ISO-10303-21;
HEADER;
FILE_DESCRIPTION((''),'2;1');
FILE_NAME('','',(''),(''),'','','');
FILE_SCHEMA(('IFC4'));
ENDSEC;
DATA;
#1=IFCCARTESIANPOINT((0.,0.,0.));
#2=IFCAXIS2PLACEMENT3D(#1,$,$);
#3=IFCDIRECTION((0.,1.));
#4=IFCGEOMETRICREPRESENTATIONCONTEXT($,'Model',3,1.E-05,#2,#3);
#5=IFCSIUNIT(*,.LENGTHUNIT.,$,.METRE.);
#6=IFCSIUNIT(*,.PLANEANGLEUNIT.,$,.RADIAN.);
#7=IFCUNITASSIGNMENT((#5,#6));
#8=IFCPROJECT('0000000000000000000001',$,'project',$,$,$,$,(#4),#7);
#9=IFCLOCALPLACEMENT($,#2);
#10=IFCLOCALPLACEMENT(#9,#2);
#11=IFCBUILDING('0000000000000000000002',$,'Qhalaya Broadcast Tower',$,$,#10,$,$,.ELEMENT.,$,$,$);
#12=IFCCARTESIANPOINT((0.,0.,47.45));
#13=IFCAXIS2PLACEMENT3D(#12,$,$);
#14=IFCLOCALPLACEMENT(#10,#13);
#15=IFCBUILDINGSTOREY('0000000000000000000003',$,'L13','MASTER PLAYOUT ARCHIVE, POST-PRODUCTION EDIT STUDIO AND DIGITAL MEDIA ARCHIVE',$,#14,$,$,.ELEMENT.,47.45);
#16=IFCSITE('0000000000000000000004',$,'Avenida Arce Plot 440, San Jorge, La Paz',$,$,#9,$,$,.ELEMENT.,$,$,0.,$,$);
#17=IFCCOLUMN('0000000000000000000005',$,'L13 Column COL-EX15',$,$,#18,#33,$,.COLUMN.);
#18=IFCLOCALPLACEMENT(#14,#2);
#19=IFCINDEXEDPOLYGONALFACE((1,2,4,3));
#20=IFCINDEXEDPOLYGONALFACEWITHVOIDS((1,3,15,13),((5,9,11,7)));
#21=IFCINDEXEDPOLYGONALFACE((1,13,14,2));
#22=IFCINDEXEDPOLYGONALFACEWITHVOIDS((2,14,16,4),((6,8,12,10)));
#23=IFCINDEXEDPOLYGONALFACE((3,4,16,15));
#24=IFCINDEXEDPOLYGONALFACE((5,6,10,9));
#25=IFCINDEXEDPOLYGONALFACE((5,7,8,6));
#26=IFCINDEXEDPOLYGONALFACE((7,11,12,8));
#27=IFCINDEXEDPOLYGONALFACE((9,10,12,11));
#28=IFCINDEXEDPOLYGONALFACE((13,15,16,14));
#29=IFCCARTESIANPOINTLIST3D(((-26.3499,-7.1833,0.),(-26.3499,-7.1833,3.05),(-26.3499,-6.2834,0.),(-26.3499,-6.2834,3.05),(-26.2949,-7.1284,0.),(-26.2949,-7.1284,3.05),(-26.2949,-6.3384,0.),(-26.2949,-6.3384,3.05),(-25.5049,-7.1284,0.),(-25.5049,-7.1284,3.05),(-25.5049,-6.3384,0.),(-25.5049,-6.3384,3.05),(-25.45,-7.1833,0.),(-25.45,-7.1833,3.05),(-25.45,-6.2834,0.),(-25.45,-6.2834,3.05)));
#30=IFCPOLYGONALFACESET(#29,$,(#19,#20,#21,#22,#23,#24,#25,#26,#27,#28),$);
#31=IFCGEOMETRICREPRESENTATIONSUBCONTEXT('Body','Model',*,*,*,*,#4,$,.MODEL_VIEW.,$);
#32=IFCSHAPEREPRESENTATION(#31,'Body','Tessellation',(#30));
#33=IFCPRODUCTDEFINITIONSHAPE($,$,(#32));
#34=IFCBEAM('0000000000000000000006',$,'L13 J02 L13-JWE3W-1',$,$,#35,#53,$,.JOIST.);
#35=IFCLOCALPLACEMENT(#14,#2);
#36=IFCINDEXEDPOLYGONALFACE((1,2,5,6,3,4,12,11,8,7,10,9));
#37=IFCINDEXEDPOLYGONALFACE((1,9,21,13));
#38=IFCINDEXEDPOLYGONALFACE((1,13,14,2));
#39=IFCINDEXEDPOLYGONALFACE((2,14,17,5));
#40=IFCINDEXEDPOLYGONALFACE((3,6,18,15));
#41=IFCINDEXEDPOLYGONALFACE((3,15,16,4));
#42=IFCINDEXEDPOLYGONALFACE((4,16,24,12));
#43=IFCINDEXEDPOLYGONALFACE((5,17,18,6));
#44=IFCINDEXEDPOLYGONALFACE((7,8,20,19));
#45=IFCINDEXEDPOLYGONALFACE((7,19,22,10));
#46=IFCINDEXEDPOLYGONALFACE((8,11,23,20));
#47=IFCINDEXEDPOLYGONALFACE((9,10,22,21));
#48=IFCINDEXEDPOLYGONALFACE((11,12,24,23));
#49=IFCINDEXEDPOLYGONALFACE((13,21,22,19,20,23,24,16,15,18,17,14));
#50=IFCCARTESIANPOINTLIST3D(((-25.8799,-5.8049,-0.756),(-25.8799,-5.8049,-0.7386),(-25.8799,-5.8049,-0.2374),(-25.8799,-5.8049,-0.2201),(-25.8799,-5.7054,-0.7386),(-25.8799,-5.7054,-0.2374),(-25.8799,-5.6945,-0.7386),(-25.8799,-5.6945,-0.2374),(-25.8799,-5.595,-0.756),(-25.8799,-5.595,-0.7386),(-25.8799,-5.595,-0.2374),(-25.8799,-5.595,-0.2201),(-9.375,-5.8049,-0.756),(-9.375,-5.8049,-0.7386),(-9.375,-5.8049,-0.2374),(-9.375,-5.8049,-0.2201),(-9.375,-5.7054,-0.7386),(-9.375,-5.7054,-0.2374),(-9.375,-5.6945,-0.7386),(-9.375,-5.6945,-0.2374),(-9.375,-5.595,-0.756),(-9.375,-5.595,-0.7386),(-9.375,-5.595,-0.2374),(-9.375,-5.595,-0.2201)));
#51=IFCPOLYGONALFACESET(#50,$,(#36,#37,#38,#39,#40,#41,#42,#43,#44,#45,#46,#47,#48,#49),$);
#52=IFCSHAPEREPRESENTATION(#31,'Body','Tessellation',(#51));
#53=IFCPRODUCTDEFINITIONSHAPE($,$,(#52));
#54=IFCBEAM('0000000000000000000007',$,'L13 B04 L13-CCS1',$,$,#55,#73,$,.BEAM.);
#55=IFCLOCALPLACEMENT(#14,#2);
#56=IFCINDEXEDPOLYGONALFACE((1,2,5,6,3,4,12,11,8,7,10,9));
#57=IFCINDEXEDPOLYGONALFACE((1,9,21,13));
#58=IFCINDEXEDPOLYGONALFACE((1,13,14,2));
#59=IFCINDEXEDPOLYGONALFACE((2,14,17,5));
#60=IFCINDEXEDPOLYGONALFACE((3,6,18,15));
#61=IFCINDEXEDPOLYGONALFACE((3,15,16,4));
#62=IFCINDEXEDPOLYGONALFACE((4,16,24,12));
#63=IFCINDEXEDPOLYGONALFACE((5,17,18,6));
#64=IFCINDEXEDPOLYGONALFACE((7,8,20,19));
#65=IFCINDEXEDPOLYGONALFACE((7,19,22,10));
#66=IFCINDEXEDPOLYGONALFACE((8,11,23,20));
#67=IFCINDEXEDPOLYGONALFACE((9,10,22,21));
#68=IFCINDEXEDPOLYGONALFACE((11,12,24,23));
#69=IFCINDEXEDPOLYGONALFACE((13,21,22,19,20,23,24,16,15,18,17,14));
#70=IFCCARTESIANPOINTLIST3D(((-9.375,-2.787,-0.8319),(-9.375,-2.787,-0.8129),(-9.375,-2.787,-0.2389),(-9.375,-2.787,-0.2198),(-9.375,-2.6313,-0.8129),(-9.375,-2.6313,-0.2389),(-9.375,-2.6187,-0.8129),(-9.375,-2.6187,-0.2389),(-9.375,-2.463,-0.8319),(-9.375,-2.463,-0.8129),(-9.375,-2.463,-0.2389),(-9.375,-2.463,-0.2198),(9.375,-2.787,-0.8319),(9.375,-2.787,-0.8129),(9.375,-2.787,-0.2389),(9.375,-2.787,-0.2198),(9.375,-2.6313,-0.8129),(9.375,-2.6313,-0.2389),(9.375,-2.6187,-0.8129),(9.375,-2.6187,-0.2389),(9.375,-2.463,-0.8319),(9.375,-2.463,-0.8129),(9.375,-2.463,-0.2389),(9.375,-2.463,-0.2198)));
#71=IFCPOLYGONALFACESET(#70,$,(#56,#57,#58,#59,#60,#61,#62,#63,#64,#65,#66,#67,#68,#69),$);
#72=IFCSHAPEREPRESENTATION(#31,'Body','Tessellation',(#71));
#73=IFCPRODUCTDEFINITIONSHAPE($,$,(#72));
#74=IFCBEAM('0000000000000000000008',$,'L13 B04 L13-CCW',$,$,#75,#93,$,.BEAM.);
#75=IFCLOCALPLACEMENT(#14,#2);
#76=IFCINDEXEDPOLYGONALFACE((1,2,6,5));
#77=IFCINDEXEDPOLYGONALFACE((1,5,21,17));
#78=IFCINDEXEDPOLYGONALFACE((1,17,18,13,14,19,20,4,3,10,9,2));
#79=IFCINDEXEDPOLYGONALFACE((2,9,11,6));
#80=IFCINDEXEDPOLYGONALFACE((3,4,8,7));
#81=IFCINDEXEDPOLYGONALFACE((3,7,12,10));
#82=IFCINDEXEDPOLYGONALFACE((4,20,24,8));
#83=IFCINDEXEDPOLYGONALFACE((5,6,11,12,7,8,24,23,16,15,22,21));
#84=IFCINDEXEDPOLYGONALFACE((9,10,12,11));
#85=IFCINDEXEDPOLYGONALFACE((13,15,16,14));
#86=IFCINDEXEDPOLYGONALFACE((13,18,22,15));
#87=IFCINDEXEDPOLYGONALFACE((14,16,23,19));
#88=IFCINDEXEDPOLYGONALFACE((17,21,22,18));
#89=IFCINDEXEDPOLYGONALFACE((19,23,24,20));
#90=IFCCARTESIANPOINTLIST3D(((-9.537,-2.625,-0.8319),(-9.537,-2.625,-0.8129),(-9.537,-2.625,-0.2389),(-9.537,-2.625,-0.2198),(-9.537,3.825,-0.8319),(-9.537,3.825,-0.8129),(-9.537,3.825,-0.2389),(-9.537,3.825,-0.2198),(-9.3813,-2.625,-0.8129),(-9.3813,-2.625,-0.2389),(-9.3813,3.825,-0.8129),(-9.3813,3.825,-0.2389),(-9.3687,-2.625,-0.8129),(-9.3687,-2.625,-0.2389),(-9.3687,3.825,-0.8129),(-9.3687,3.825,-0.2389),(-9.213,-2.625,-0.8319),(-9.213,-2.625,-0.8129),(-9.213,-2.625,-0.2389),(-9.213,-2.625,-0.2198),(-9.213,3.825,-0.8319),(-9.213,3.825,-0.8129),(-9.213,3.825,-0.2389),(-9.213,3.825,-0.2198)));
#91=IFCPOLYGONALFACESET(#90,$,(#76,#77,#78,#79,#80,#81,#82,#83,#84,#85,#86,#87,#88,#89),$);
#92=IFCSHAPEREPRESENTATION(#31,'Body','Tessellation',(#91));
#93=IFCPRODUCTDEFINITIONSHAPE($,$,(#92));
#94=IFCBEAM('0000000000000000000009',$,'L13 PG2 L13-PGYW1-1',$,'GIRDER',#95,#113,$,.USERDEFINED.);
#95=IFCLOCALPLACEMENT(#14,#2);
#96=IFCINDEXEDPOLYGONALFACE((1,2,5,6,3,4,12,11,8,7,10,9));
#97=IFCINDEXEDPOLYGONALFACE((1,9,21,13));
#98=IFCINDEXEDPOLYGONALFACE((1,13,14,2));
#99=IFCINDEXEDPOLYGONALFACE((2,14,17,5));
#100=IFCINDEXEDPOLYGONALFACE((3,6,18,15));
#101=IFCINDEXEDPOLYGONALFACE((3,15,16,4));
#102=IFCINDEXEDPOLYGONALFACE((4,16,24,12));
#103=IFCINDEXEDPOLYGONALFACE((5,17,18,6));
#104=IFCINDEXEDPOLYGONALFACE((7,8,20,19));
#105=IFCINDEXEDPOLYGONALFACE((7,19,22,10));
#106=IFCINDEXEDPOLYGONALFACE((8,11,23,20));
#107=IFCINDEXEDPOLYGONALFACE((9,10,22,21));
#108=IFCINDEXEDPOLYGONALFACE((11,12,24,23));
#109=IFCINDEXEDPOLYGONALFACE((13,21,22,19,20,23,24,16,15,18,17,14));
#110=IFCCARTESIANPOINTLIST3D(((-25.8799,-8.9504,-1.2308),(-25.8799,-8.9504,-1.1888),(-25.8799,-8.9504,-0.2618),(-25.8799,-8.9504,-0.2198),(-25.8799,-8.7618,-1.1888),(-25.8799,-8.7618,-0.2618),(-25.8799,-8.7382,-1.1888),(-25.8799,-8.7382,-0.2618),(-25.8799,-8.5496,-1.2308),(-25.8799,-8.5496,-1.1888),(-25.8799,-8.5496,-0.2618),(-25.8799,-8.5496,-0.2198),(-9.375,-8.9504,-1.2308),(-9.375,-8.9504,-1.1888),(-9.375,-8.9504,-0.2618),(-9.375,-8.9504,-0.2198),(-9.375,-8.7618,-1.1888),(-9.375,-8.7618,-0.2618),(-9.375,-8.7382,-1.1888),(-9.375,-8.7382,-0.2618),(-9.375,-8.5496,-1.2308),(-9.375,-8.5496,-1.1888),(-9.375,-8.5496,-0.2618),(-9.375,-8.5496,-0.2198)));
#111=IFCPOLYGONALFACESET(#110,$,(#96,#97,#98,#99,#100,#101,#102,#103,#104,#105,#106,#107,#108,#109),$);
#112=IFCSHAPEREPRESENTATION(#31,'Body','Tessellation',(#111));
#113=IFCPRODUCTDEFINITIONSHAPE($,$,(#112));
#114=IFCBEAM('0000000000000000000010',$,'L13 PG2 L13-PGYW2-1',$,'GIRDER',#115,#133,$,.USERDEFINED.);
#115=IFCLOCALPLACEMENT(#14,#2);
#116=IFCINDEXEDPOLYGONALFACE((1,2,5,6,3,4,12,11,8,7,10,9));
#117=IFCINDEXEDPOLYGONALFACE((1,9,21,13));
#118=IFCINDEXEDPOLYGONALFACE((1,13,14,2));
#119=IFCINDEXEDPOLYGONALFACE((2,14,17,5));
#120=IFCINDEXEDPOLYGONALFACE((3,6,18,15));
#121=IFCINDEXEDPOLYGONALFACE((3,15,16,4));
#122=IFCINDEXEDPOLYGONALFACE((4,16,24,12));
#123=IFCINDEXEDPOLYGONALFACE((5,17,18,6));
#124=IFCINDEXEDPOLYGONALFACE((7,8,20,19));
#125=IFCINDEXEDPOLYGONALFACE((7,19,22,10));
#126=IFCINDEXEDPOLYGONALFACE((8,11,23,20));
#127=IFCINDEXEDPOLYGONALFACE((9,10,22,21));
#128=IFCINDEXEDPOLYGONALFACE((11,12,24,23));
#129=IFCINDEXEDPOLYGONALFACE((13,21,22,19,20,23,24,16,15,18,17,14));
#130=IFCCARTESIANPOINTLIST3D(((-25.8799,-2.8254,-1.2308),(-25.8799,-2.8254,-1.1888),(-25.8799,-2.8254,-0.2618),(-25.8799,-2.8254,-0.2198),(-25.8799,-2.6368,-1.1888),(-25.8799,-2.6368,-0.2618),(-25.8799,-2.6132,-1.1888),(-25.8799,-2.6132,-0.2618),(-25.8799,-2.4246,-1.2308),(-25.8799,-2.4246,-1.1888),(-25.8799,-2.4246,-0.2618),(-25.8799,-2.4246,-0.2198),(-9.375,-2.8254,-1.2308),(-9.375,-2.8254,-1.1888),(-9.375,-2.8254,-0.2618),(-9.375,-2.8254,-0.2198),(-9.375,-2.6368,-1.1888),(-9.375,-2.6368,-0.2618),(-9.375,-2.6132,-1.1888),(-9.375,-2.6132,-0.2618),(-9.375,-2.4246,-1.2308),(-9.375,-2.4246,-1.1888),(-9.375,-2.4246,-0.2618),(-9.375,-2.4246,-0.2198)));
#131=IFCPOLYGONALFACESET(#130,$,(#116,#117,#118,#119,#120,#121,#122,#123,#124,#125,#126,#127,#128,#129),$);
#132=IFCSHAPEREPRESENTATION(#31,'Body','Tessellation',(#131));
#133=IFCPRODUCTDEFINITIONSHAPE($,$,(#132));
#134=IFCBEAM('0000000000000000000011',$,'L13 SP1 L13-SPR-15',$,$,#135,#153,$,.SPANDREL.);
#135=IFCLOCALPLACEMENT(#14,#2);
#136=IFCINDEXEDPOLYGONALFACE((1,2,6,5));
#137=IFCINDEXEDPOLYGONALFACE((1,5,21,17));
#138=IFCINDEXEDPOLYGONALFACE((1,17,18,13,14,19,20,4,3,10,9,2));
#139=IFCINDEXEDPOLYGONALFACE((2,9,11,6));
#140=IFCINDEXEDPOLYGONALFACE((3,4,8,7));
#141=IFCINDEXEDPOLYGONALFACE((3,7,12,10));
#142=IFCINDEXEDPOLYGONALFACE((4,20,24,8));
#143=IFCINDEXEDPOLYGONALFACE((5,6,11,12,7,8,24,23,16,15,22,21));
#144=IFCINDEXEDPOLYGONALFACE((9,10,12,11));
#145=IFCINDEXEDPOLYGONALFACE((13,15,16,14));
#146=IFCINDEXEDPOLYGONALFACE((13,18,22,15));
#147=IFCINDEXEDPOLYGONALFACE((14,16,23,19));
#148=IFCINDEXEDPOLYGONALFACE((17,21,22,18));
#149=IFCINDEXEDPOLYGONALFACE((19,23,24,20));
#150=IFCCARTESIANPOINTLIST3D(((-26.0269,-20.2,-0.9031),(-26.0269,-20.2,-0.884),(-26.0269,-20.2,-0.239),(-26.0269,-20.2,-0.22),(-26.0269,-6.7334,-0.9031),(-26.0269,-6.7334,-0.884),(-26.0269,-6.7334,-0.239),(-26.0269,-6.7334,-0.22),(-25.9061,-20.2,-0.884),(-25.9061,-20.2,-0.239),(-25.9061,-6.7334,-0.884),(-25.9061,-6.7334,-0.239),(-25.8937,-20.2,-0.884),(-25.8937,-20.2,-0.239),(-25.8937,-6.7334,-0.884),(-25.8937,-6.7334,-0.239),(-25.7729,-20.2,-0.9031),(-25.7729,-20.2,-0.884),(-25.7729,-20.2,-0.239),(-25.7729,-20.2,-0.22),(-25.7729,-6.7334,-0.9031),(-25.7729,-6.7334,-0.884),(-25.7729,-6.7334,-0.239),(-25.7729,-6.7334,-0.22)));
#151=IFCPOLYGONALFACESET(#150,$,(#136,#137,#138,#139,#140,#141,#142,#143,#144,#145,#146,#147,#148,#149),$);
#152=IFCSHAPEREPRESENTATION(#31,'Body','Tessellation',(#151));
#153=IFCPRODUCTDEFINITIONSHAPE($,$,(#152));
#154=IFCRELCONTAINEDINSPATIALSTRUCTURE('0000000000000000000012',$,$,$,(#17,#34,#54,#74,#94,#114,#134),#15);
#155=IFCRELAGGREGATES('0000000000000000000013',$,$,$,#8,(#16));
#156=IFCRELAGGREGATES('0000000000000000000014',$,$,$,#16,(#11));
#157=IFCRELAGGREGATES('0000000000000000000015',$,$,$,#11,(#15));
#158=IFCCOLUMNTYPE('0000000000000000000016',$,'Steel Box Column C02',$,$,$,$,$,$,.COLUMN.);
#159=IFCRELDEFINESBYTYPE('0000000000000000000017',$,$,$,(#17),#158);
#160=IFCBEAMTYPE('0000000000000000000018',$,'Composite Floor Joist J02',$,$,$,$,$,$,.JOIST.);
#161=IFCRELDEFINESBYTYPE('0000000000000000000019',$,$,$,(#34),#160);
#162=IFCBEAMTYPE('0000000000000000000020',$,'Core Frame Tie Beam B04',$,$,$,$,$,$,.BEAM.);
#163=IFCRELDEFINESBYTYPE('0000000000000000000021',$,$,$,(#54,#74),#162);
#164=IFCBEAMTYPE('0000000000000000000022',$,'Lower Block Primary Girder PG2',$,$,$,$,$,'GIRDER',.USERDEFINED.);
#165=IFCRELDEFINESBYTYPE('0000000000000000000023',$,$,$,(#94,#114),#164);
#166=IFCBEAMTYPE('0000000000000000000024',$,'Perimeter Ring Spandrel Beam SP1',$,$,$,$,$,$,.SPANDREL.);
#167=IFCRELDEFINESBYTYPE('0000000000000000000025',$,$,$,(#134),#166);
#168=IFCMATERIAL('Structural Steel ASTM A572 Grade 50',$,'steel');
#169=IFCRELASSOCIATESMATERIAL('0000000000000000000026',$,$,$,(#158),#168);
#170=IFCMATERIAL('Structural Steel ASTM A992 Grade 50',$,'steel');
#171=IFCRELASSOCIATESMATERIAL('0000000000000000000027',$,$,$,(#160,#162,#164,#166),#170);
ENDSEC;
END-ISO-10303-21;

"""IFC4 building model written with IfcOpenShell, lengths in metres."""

from ifc_helpers import new_model, si_unit, direction, frame, origin, origin_2d, place, context, subcontext, project, spatial, hollow_rectangle, i_section, extrude, material, material_profile, profile_set, type_object, element, save


model = new_model("IFC4")

# Units and contexts
model_context = context("Model", 3, precision=1e-05, world=origin(), true_north=direction((0.0, 1.0)))
body_context = subcontext(model_context, "Body", "Model", "MODEL_VIEW")
ifc_project = project(units=[si_unit("LENGTHUNIT", "METRE"), si_unit("PLANEANGLEUNIT", "RADIAN")], contexts=[model_context])

# Site, building, storey
site_placement = place(None, origin())
site = spatial("IfcSite", under=ifc_project, at=site_placement, Name="Avenida Arce Plot 440, San Jorge, La Paz", CompositionType="ELEMENT", RefElevation=0.0)
building_placement = place(site_placement, origin())
building = spatial("IfcBuilding", under=site, at=building_placement, Name="Qhalaya Broadcast Tower", CompositionType="ELEMENT")
storey_placement = place(building_placement, frame((0.0, 0.0, 47.45)))
storey = spatial("IfcBuildingStorey", under=building, at=storey_placement, Name="L13", Description="MASTER PLAYOUT ARCHIVE, POST-PRODUCTION EDIT STUDIO AND DIGITAL MEDIA ARCHIVE", CompositionType="ELEMENT", Elevation=47.45)

# Column
ifc_material_1 = material(Name="Structural Steel ASTM A572 Grade 50", Category="steel")
ifc_material_profile_1 = material_profile(ifc_material_1, hollow_rectangle(XDim=0.8999, YDim=0.8999, WallThickness=0.0549, at=origin_2d()), Name="BOX 900x900x55")
ifc_profile_set_1 = profile_set([ifc_material_profile_1], Name="Structural Steel ASTM A572 Grade 50")
column_type = type_object("IfcColumnType", Name="Steel Box Column C02", PredefinedType="COLUMN", material=ifc_profile_set_1)
column_placement = place(storey_placement, frame((-25.8999, -6.7334, 0.0), z_axis=(0.0, 0.0, 1.0), x_axis=(0.0, 1.0, 0.0)))
element("IfcColumn", 1, at=column_placement, inside=storey, type_object=column_type, Name="L13 Column COL-EX15", PredefinedType="COLUMN", context=body_context, shape_type="SweptSolid", body=[
    extrude(hollow_rectangle(XDim=0.8999, YDim=0.8999, WallThickness=0.0549, at=origin_2d()), origin(), (0.0, 0.0, 1.0), 3.05),
])

# Beams
ifc_material_2 = material(Name="Structural Steel ASTM A992 Grade 50", Category="steel")
ifc_material_profile_2 = material_profile(ifc_material_2, i_section(OverallWidth=0.21, OverallDepth=0.5359, WebThickness=0.011, FlangeThickness=0.0173, at=origin_2d()), Name="W21X68")
ifc_profile_set_2 = profile_set([ifc_material_profile_2], Name="Structural Steel ASTM A992 Grade 50")
beam_type_1 = type_object("IfcBeamType", Name="Composite Floor Joist J02", PredefinedType="JOIST", material=ifc_profile_set_2)
beam_1_placement = place(storey_placement, frame((-25.8799, -5.7, -0.488), z_axis=(1.0, 0.0, 0.0), x_axis=(0.0, 1.0, 0.0)))
element("IfcBeam", 2, at=beam_1_placement, inside=storey, type_object=beam_type_1, Name="L13 J02 L13-JWE3W-1", PredefinedType="JOIST", context=body_context, shape_type="SweptSolid", body=[
    extrude(i_section(OverallWidth=0.21, OverallDepth=0.5359, WebThickness=0.011, FlangeThickness=0.0173, at=origin_2d()), origin(), (0.0, 0.0, 1.0), 16.5049),
])
ifc_material_profile_3 = material_profile(ifc_material_2, i_section(OverallWidth=0.324, OverallDepth=0.6121, WebThickness=0.0127, FlangeThickness=0.019, at=origin_2d()), Name="W24X104")
ifc_profile_set_3 = profile_set([ifc_material_profile_3], Name="Structural Steel ASTM A992 Grade 50")
beam_type_2 = type_object("IfcBeamType", Name="Core Frame Tie Beam B04", PredefinedType="BEAM", material=ifc_profile_set_3)
beam_2_placement = place(storey_placement, frame((-9.375, -2.625, -0.5259), z_axis=(1.0, 0.0, 0.0), x_axis=(0.0, 1.0, 0.0)))
element("IfcBeam", 3, at=beam_2_placement, inside=storey, type_object=beam_type_2, Name="L13 B04 L13-CCS1", PredefinedType="BEAM", context=body_context, shape_type="SweptSolid", body=[
    extrude(i_section(OverallWidth=0.324, OverallDepth=0.6121, WebThickness=0.0127, FlangeThickness=0.019, at=origin_2d()), origin(), (0.0, 0.0, 1.0), 18.75),
])
beam_3_placement = place(storey_placement, frame((-9.375, -2.625, -0.5259), z_axis=(0.0, 1.0, 0.0), x_axis=(-1.0, 0.0, 0.0)))
element("IfcBeam", 4, at=beam_3_placement, inside=storey, type_object=beam_type_2, Name="L13 B04 L13-CCW", PredefinedType="BEAM", context=body_context, shape_type="SweptSolid", body=[
    extrude(i_section(OverallWidth=0.324, OverallDepth=0.6121, WebThickness=0.0127, FlangeThickness=0.019, at=origin_2d()), origin(), (0.0, 0.0, 1.0), 6.45),
])
ifc_material_profile_4 = material_profile(ifc_material_2, i_section(OverallWidth=0.4009, OverallDepth=1.011, WebThickness=0.0237, FlangeThickness=0.042, at=origin_2d()), Name="W40X297")
ifc_profile_set_4 = profile_set([ifc_material_profile_4], Name="Structural Steel ASTM A992 Grade 50")
beam_type_3 = type_object("IfcBeamType", Name="Lower Block Primary Girder PG2", ElementType="GIRDER", PredefinedType="USERDEFINED", material=ifc_profile_set_4)
for number, where, z_axis, x_axis, name in (
    (5, (-25.8799, -8.75, -0.7253), (1.0, 0.0, 0.0), (0.0, 1.0, 0.0), "L13 PG2 L13-PGYW1-1"),
    (6, (-25.8799, -2.625, -0.7253), (1.0, 0.0, 0.0), (0.0, 1.0, 0.0), "L13 PG2 L13-PGYW2-1"),
):
    element("IfcBeam", number, at=place(storey_placement, frame(where, z_axis=z_axis, x_axis=x_axis)), inside=storey, type_object=beam_type_3, Name=name, ObjectType="GIRDER", PredefinedType="USERDEFINED", context=body_context, shape_type="SweptSolid", body=[
        extrude(i_section(OverallWidth=0.4009, OverallDepth=1.011, WebThickness=0.0237, FlangeThickness=0.042, at=origin_2d()), origin(), (0.0, 0.0, 1.0), 16.5049),
    ])
ifc_material_profile_5 = material_profile(ifc_material_2, i_section(OverallWidth=0.2539, OverallDepth=0.6831, WebThickness=0.0125, FlangeThickness=0.019, at=origin_2d()), Name="W27X94")
ifc_profile_set_5 = profile_set([ifc_material_profile_5], Name="Structural Steel ASTM A992 Grade 50")
beam_type_4 = type_object("IfcBeamType", Name="Perimeter Ring Spandrel Beam SP1", PredefinedType="SPANDREL", material=ifc_profile_set_5)
beam_4_placement = place(storey_placement, frame((-25.8999, -6.7334, -0.5615), z_axis=(0.0, -1.0, 0.0), x_axis=(1.0, 0.0, 0.0)))
element("IfcBeam", 7, at=beam_4_placement, inside=storey, type_object=beam_type_4, Name="L13 SP1 L13-SPR-15", PredefinedType="SPANDREL", context=body_context, shape_type="SweptSolid", body=[
    extrude(i_section(OverallWidth=0.2539, OverallDepth=0.6831, WebThickness=0.0125, FlangeThickness=0.019, at=origin_2d()), origin(), (0.0, 0.0, 1.0), 13.4666),
])

save(model, "model.ifc")
